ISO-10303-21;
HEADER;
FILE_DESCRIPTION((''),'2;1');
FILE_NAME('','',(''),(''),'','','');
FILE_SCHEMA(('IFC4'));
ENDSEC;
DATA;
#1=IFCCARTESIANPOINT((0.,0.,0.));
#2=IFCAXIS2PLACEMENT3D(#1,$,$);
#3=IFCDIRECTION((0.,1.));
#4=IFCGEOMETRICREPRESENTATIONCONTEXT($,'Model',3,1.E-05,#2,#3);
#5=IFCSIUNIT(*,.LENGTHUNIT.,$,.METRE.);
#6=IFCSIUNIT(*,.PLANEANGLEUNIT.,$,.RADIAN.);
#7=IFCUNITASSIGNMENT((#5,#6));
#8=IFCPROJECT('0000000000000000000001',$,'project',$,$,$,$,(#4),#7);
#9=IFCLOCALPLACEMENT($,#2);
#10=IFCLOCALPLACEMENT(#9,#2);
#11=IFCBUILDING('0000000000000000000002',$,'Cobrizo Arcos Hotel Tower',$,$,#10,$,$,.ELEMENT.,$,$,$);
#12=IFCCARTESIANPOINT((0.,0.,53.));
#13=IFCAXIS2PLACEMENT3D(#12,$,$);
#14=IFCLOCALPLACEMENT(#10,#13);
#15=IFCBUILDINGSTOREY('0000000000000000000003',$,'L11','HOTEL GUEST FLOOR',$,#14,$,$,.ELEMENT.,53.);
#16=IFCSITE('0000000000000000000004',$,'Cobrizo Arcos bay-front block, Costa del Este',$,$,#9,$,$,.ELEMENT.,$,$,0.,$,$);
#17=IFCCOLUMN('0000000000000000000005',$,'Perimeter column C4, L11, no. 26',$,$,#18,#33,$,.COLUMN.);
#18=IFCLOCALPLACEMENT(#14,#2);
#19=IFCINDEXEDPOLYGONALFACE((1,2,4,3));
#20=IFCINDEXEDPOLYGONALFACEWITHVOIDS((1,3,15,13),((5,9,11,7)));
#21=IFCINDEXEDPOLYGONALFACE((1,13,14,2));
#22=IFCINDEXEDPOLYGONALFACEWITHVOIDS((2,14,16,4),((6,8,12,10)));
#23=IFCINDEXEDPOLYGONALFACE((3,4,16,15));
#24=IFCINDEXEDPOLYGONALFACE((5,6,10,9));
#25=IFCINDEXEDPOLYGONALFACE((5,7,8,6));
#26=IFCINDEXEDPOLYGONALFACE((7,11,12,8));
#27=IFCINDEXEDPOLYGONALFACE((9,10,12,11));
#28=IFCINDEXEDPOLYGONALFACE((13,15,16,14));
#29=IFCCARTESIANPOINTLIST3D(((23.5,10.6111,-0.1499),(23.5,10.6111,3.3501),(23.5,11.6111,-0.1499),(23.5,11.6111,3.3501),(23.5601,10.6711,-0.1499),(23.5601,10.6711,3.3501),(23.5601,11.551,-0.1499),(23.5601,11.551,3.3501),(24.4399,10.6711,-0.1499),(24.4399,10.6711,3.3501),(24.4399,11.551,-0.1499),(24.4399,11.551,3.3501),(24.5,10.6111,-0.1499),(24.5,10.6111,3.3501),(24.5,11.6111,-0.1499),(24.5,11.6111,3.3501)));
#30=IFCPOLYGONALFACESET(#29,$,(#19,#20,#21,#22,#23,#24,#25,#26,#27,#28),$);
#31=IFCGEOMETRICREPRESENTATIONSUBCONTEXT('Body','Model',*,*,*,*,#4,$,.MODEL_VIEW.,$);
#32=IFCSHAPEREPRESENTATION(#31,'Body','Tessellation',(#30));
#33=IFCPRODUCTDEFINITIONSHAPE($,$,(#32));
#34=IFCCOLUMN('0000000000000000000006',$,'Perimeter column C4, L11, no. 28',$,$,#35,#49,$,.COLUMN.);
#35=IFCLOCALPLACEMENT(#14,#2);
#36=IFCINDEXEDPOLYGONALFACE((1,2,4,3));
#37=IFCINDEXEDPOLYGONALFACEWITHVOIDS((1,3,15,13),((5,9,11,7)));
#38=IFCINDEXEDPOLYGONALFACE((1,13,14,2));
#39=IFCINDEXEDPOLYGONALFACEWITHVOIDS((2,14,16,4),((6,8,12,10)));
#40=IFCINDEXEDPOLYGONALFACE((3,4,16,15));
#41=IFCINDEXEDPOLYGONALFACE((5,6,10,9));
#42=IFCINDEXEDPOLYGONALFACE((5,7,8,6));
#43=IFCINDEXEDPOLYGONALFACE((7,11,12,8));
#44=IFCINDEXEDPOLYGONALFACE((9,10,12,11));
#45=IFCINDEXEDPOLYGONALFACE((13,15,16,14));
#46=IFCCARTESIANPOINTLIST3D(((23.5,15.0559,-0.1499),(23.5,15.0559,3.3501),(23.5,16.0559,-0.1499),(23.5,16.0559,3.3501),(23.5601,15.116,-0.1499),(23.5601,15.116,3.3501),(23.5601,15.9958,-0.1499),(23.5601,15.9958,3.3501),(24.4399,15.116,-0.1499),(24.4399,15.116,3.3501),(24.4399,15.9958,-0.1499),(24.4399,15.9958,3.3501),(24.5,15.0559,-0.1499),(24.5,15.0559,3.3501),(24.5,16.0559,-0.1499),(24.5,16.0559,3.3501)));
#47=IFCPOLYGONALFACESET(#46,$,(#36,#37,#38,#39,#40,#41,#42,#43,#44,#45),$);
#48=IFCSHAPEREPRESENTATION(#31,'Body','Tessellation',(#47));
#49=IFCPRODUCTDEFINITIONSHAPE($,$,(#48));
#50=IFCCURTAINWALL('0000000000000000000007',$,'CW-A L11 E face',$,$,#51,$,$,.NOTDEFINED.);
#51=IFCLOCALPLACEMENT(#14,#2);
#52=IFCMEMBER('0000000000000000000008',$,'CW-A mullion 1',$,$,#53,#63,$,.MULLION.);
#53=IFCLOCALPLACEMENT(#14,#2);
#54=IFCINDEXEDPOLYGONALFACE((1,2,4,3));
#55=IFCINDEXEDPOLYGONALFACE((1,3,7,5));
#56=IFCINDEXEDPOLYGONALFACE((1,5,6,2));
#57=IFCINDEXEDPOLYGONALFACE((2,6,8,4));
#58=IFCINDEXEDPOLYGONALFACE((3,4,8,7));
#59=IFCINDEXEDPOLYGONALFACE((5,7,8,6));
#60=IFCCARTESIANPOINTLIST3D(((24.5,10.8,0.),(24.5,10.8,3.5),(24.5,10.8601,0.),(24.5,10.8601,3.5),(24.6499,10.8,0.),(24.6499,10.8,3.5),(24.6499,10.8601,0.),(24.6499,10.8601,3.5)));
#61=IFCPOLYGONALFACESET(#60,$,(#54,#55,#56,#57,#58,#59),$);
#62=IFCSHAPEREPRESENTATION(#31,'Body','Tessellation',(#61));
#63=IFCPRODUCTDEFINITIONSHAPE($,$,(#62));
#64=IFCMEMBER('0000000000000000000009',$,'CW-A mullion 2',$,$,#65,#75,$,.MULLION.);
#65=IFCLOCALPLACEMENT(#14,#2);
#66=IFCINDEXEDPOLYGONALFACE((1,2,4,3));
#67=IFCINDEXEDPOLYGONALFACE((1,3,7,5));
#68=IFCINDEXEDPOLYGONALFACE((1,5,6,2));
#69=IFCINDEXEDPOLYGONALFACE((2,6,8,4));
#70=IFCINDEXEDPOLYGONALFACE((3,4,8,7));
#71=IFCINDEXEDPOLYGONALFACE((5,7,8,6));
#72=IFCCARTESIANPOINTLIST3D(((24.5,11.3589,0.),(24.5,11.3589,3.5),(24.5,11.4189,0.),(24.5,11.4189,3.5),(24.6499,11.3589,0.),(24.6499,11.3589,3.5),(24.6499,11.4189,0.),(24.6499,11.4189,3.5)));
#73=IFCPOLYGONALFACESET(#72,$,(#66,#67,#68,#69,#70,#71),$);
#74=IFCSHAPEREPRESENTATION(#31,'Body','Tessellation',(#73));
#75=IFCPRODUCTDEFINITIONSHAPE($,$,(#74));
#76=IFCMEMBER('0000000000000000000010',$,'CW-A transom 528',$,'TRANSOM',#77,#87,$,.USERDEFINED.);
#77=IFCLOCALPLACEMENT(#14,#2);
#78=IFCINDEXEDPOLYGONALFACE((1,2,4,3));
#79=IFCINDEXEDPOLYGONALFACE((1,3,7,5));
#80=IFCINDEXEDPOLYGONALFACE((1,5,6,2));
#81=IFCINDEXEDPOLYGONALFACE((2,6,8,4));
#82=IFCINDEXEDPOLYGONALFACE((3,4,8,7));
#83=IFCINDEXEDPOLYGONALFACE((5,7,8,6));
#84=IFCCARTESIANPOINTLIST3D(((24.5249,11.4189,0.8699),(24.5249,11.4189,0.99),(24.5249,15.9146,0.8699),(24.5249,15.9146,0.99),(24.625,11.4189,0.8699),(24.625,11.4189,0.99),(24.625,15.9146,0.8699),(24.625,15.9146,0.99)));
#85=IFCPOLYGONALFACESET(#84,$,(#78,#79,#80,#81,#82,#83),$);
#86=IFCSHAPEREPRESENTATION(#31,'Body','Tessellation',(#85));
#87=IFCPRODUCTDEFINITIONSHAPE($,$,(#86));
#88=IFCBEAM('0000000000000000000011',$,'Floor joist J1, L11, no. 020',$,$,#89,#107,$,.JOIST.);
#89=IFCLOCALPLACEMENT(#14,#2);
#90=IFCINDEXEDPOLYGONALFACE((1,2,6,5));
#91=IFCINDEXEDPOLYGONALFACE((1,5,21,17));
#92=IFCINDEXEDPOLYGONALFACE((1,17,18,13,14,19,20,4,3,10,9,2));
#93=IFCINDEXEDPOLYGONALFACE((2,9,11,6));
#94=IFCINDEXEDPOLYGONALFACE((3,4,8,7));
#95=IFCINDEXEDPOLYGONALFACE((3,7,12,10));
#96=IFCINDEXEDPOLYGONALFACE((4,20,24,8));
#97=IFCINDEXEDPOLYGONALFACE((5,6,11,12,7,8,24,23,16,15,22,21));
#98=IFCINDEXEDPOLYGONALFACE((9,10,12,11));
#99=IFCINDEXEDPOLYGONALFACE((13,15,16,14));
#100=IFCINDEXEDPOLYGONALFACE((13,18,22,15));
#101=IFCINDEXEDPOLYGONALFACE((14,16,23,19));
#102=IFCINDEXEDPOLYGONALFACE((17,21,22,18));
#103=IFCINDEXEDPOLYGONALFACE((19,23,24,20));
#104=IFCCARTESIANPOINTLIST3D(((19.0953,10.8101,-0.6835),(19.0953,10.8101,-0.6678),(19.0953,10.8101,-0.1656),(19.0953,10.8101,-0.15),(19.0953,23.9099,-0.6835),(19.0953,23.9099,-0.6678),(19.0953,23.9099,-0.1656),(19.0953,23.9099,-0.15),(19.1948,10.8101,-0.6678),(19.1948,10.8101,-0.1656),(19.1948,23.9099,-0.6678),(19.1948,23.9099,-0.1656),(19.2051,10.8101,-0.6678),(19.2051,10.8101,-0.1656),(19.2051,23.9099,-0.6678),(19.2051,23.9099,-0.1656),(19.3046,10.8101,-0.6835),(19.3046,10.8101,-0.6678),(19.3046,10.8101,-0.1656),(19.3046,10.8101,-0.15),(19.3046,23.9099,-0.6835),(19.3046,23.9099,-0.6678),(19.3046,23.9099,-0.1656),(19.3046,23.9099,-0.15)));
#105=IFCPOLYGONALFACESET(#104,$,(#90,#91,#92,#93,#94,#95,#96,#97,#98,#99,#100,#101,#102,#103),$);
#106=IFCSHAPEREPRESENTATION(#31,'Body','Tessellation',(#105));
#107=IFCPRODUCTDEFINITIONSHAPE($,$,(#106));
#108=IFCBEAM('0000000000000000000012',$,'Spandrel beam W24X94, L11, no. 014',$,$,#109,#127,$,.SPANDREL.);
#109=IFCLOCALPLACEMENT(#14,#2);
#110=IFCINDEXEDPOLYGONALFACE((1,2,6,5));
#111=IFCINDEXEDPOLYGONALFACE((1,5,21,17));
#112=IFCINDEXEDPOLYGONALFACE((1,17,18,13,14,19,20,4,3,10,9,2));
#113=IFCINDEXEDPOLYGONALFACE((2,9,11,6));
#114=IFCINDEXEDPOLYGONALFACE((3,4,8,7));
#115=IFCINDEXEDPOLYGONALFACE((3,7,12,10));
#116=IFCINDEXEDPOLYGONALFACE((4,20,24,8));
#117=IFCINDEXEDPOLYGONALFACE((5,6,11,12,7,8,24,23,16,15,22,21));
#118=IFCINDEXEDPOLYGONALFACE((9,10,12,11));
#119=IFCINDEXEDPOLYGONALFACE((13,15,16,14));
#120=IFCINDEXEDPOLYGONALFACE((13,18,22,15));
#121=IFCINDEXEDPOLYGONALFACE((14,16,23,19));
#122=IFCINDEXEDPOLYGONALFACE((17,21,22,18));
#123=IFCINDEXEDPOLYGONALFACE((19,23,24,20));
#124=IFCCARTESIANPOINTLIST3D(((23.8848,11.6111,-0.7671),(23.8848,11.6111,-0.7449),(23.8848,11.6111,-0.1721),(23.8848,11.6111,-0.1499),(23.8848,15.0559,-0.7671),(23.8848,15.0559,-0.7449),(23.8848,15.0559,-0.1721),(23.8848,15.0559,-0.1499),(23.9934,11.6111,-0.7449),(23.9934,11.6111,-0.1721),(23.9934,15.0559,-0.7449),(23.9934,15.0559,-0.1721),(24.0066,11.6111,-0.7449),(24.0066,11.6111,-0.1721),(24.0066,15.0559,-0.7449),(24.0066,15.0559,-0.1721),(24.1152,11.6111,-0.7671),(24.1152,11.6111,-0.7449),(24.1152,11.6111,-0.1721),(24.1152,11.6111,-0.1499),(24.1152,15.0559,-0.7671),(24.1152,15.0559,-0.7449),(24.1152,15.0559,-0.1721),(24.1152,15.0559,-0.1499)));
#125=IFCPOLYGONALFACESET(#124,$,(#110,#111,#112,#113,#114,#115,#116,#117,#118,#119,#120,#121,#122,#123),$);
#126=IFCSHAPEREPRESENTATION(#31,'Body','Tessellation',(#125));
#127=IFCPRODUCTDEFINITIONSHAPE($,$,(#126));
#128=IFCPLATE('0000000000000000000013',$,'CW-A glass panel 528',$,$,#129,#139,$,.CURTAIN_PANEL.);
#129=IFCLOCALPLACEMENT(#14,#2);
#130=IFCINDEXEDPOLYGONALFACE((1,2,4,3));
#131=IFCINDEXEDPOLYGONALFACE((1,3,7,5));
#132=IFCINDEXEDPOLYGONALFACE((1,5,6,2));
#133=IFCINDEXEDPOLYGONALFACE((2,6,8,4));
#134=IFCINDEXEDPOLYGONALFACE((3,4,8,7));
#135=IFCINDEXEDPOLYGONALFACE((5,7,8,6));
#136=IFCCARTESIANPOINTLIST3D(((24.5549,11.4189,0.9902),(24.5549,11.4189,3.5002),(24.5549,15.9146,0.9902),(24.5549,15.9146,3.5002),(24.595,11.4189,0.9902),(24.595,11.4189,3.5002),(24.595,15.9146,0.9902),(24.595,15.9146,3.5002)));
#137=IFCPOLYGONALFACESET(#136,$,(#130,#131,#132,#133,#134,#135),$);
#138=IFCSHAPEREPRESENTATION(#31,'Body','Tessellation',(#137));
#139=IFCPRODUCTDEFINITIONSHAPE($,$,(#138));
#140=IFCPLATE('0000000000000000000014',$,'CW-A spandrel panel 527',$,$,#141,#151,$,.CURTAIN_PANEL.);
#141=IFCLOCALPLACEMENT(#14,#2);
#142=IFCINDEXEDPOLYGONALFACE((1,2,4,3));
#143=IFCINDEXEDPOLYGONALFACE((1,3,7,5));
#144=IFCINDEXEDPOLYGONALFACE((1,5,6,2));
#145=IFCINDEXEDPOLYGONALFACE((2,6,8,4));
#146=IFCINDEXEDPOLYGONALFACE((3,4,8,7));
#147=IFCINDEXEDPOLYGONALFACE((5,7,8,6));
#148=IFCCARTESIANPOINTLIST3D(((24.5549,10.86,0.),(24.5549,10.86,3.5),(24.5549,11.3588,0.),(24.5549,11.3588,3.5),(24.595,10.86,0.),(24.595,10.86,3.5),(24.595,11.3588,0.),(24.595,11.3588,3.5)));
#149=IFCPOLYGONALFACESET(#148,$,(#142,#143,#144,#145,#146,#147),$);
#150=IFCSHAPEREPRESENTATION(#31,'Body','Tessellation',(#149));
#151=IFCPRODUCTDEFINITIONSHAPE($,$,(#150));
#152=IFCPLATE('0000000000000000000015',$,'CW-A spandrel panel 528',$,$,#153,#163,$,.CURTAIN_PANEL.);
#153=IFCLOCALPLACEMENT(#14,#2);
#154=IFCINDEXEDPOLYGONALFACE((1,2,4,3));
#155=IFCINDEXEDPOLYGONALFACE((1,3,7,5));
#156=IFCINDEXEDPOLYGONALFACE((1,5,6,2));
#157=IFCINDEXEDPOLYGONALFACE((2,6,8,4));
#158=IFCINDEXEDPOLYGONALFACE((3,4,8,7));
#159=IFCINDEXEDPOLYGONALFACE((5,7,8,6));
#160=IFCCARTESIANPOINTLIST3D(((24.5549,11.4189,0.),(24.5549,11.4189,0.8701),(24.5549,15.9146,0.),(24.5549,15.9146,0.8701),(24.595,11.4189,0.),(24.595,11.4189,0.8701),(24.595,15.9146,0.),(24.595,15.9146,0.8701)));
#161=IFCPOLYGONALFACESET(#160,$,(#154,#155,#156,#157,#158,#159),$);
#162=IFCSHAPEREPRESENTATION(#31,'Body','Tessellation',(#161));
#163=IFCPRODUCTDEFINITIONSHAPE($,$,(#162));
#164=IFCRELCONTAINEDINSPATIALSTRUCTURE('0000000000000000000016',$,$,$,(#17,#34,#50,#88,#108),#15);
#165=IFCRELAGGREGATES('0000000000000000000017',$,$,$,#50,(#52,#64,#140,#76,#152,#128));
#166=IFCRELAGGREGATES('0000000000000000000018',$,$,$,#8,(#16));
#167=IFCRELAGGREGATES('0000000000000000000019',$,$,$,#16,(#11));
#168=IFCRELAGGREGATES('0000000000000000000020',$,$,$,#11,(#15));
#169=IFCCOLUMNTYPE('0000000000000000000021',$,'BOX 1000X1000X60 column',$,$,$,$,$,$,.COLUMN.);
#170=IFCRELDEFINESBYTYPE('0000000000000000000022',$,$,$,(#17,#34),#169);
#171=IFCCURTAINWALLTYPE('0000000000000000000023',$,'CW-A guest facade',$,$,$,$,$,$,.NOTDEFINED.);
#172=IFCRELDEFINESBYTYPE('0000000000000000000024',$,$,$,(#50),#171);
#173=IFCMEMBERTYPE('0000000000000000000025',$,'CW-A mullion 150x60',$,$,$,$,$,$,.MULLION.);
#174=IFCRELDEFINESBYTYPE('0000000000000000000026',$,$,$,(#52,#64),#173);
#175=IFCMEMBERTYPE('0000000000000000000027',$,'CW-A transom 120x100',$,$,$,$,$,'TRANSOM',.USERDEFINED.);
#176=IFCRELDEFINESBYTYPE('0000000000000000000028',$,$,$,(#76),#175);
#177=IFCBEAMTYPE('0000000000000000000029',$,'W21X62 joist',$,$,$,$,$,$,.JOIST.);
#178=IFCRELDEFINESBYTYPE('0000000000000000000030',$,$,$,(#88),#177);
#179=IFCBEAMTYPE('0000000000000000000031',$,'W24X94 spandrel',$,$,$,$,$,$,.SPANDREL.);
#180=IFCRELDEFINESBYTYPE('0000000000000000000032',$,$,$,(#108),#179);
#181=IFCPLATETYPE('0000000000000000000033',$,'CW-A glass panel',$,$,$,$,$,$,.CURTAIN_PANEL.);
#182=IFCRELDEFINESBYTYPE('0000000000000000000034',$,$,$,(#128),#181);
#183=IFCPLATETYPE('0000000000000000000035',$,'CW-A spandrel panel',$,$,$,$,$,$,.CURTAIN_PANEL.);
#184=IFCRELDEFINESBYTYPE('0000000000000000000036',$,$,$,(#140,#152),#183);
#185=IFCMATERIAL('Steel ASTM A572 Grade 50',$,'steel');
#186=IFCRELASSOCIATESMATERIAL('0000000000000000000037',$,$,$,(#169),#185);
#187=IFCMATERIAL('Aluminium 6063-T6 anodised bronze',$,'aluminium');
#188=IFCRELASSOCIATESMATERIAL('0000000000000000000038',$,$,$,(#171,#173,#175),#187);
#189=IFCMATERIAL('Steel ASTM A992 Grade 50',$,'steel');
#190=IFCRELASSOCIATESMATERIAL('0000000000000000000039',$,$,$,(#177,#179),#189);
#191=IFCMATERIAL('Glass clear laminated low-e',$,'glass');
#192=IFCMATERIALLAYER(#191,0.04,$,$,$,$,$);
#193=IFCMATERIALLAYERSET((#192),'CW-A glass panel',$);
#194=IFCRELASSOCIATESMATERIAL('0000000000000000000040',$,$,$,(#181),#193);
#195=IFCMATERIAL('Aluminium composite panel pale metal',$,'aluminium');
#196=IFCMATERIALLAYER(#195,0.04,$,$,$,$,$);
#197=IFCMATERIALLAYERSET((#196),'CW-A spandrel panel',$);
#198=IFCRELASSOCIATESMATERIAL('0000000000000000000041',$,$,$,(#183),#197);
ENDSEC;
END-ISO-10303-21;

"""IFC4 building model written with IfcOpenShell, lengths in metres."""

from ifc_helpers import new_model, si_unit, direction, frame, origin, origin_2d, place, context, subcontext, project, spatial, rectangle, hollow_rectangle, i_section, extrude, material, layer, layer_set, material_profile, profile_set, type_object, element, aggregate, save


model = new_model("IFC4")

# Units and contexts
model_context = context("Model", 3, precision=1e-05, world=origin(), true_north=direction((0.0, 1.0)))
body_context = subcontext(model_context, "Body", "Model", "MODEL_VIEW")
ifc_project = project(units=[si_unit("LENGTHUNIT", "METRE"), si_unit("PLANEANGLEUNIT", "RADIAN")], contexts=[model_context])

# Site, building, storey
site_placement = place(None, origin())
site = spatial("IfcSite", under=ifc_project, at=site_placement, Name="Cobrizo Arcos bay-front block, Costa del Este", CompositionType="ELEMENT", RefElevation=0.0)
building_placement = place(site_placement, origin())
building = spatial("IfcBuilding", under=site, at=building_placement, Name="Cobrizo Arcos Hotel Tower", CompositionType="ELEMENT")
storey_placement = place(building_placement, frame((0.0, 0.0, 53.0)))
storey = spatial("IfcBuildingStorey", under=building, at=storey_placement, Name="L11", Description="HOTEL GUEST FLOOR", CompositionType="ELEMENT", Elevation=53.0)

# Columns
ifc_material_1 = material(Name="Steel ASTM A572 Grade 50", Category="steel")
ifc_material_profile_1 = material_profile(ifc_material_1, hollow_rectangle(XDim=1.0, YDim=1.0, WallThickness=0.0601, at=origin_2d()), Name="BOX 1000X1000X60")
ifc_profile_set_1 = profile_set([ifc_material_profile_1], Name="Steel ASTM A572 Grade 50")
column_type = type_object("IfcColumnType", Name="BOX 1000X1000X60 column", PredefinedType="COLUMN", material=ifc_profile_set_1)
for number, where, z_axis, x_axis, name in (
    (1, (24.0, 11.1111, -0.1499), (0.0, 0.0, 1.0), (1.0, 0.0, 0.0), "Perimeter column C4, L11, no. 26"),
    (2, (24.0, 15.5559, -0.1499), (0.0, 0.0, 1.0), (1.0, 0.0, 0.0), "Perimeter column C4, L11, no. 28"),
):
    element("IfcColumn", number, at=place(storey_placement, frame(where, z_axis=z_axis, x_axis=x_axis)), inside=storey, type_object=column_type, Name=name, PredefinedType="COLUMN", context=body_context, shape_type="SweptSolid", body=[
        extrude(hollow_rectangle(XDim=1.0, YDim=1.0, WallThickness=0.0601, at=origin_2d()), origin(), (0.0, 0.0, 1.0), 3.5),
    ])

# Curtain wall, members
ifc_material_2 = material(Name="Aluminium 6063-T6 anodised bronze", Category="aluminium")
curtain_wall_type = type_object("IfcCurtainWallType", Name="CW-A guest facade", PredefinedType="NOTDEFINED", material=ifc_material_2)
curtain_wall_placement = place(storey_placement, origin())
curtain_wall = element("IfcCurtainWall", 3, at=curtain_wall_placement, inside=storey, type_object=curtain_wall_type, Name="CW-A L11 E face", PredefinedType="NOTDEFINED")
ifc_material_profile_2 = material_profile(ifc_material_2, rectangle(XDim=0.1499, YDim=0.0601, at=origin_2d()), Name="CW-A mullion 150x60")
ifc_profile_set_2 = profile_set([ifc_material_profile_2], Name="Aluminium 6063-T6 anodised bronze")
member_type_1 = type_object("IfcMemberType", Name="CW-A mullion 150x60", PredefinedType="MULLION", material=ifc_profile_set_2)
member_1_placement = place(storey_placement, frame((24.575, 10.8301, 0.0), z_axis=(0.0, 0.0, 1.0), x_axis=(1.0, 0.0, 0.0)))
member_1 = element("IfcMember", 4, at=member_1_placement, type_object=member_type_1, Name="CW-A mullion 1", PredefinedType="MULLION", context=body_context, shape_type="SweptSolid", body=[
    extrude(rectangle(XDim=0.1499, YDim=0.0601, at=origin_2d()), origin(), (0.0, 0.0, 1.0), 3.5),
])
member_2_placement = place(storey_placement, frame((24.575, 11.3889, 0.0), z_axis=(0.0, 0.0, 1.0), x_axis=(1.0, 0.0, 0.0)))
member_2 = element("IfcMember", 5, at=member_2_placement, type_object=member_type_1, Name="CW-A mullion 2", PredefinedType="MULLION", context=body_context, shape_type="SweptSolid", body=[
    extrude(rectangle(XDim=0.1499, YDim=0.0601, at=origin_2d()), origin(), (0.0, 0.0, 1.0), 3.5),
])
ifc_material_profile_3 = material_profile(ifc_material_2, rectangle(XDim=0.1001, YDim=0.1201, at=origin_2d()), Name="CW-A transom 120x100")
ifc_profile_set_3 = profile_set([ifc_material_profile_3], Name="Aluminium 6063-T6 anodised bronze")
member_type_2 = type_object("IfcMemberType", Name="CW-A transom 120x100", ElementType="TRANSOM", PredefinedType="USERDEFINED", material=ifc_profile_set_3)
member_3_placement = place(storey_placement, frame((24.575, 11.4189, 0.9299), z_axis=(0.0, 1.0, 0.0), x_axis=(-1.0, 0.0, 0.0)))
member_3 = element("IfcMember", 6, at=member_3_placement, type_object=member_type_2, Name="CW-A transom 528", ObjectType="TRANSOM", PredefinedType="USERDEFINED", context=body_context, shape_type="SweptSolid", body=[
    extrude(rectangle(XDim=0.1001, YDim=0.1201, at=origin_2d()), origin(), (0.0, 0.0, 1.0), 4.4956),
])

# Beams
ifc_material_3 = material(Name="Steel ASTM A992 Grade 50", Category="steel")
ifc_material_profile_4 = material_profile(ifc_material_3, i_section(OverallWidth=0.2092, OverallDepth=0.5334, WebThickness=0.0103, FlangeThickness=0.0156, at=origin_2d()), Name="W21X62")
ifc_profile_set_4 = profile_set([ifc_material_profile_4], Name="Steel ASTM A992 Grade 50")
beam_type_1 = type_object("IfcBeamType", Name="W21X62 joist", PredefinedType="JOIST", material=ifc_profile_set_4)
beam_1_placement = place(storey_placement, frame((19.2, 10.8101, -0.4167), z_axis=(0.0, 1.0, 0.0), x_axis=(-1.0, 0.0, 0.0)))
element("IfcBeam", 7, at=beam_1_placement, inside=storey, type_object=beam_type_1, Name="Floor joist J1, L11, no. 020", PredefinedType="JOIST", context=body_context, shape_type="SweptSolid", body=[
    extrude(i_section(OverallWidth=0.2092, OverallDepth=0.5334, WebThickness=0.0103, FlangeThickness=0.0156, at=origin_2d()), origin(), (0.0, 0.0, 1.0), 13.0999),
])
ifc_material_profile_5 = material_profile(ifc_material_3, i_section(OverallWidth=0.2305, OverallDepth=0.6172, WebThickness=0.0132, FlangeThickness=0.0222, at=origin_2d()), Name="W24X94")
ifc_profile_set_5 = profile_set([ifc_material_profile_5], Name="Steel ASTM A992 Grade 50")
beam_type_2 = type_object("IfcBeamType", Name="W24X94 spandrel", PredefinedType="SPANDREL", material=ifc_profile_set_5)
beam_2_placement = place(storey_placement, frame((24.0, 11.6111, -0.4585), z_axis=(0.0, 1.0, 0.0), x_axis=(-1.0, 0.0, 0.0)))
element("IfcBeam", 8, at=beam_2_placement, inside=storey, type_object=beam_type_2, Name="Spandrel beam W24X94, L11, no. 014", PredefinedType="SPANDREL", context=body_context, shape_type="SweptSolid", body=[
    extrude(i_section(OverallWidth=0.2305, OverallDepth=0.6172, WebThickness=0.0132, FlangeThickness=0.0222, at=origin_2d()), origin(), (0.0, 0.0, 1.0), 3.4448),
])

# Plates
ifc_material_4 = material(Name="Glass clear laminated low-e", Category="glass")
ifc_layer_1 = layer(ifc_material_4, 0.04)
ifc_layer_set_1 = layer_set([ifc_layer_1], Name="CW-A glass panel")
plate_type_1 = type_object("IfcPlateType", Name="CW-A glass panel", PredefinedType="CURTAIN_PANEL", material=ifc_layer_set_1)
plate_1_placement = place(storey_placement, frame((24.575, 13.6667, 0.9902), z_axis=(0.0, 0.0, 1.0), x_axis=(0.0, 1.0, 0.0)))
plate_1 = element("IfcPlate", 9, at=plate_1_placement, type_object=plate_type_1, Name="CW-A glass panel 528", PredefinedType="CURTAIN_PANEL", context=body_context, shape_type="SweptSolid", body=[
    extrude(rectangle(XDim=4.4956, YDim=0.04, at=origin_2d()), origin(), (0.0, 0.0, 1.0), 2.51),
])
ifc_material_5 = material(Name="Aluminium composite panel pale metal", Category="aluminium")
ifc_layer_2 = layer(ifc_material_5, 0.04)
ifc_layer_set_2 = layer_set([ifc_layer_2], Name="CW-A spandrel panel")
plate_type_2 = type_object("IfcPlateType", Name="CW-A spandrel panel", PredefinedType="CURTAIN_PANEL", material=ifc_layer_set_2)
plate_2_placement = place(storey_placement, frame((24.575, 11.1094, 0.0), z_axis=(0.0, 0.0, 1.0), x_axis=(0.0, 1.0, 0.0)))
plate_2 = element("IfcPlate", 10, at=plate_2_placement, type_object=plate_type_2, Name="CW-A spandrel panel 527", PredefinedType="CURTAIN_PANEL", context=body_context, shape_type="SweptSolid", body=[
    extrude(rectangle(XDim=0.4988, YDim=0.04, at=origin_2d()), origin(), (0.0, 0.0, 1.0), 3.5),
])
plate_3_placement = place(storey_placement, frame((24.575, 13.6667, 0.0), z_axis=(0.0, 0.0, 1.0), x_axis=(0.0, 1.0, 0.0)))
plate_3 = element("IfcPlate", 11, at=plate_3_placement, type_object=plate_type_2, Name="CW-A spandrel panel 528", PredefinedType="CURTAIN_PANEL", context=body_context, shape_type="SweptSolid", body=[
    extrude(rectangle(XDim=4.4956, YDim=0.04, at=origin_2d()), origin(), (0.0, 0.0, 1.0), 0.8701),
])
aggregate(curtain_wall, [member_1, member_2, plate_2, member_3, plate_3, plate_1])

save(model, "model.ifc")
